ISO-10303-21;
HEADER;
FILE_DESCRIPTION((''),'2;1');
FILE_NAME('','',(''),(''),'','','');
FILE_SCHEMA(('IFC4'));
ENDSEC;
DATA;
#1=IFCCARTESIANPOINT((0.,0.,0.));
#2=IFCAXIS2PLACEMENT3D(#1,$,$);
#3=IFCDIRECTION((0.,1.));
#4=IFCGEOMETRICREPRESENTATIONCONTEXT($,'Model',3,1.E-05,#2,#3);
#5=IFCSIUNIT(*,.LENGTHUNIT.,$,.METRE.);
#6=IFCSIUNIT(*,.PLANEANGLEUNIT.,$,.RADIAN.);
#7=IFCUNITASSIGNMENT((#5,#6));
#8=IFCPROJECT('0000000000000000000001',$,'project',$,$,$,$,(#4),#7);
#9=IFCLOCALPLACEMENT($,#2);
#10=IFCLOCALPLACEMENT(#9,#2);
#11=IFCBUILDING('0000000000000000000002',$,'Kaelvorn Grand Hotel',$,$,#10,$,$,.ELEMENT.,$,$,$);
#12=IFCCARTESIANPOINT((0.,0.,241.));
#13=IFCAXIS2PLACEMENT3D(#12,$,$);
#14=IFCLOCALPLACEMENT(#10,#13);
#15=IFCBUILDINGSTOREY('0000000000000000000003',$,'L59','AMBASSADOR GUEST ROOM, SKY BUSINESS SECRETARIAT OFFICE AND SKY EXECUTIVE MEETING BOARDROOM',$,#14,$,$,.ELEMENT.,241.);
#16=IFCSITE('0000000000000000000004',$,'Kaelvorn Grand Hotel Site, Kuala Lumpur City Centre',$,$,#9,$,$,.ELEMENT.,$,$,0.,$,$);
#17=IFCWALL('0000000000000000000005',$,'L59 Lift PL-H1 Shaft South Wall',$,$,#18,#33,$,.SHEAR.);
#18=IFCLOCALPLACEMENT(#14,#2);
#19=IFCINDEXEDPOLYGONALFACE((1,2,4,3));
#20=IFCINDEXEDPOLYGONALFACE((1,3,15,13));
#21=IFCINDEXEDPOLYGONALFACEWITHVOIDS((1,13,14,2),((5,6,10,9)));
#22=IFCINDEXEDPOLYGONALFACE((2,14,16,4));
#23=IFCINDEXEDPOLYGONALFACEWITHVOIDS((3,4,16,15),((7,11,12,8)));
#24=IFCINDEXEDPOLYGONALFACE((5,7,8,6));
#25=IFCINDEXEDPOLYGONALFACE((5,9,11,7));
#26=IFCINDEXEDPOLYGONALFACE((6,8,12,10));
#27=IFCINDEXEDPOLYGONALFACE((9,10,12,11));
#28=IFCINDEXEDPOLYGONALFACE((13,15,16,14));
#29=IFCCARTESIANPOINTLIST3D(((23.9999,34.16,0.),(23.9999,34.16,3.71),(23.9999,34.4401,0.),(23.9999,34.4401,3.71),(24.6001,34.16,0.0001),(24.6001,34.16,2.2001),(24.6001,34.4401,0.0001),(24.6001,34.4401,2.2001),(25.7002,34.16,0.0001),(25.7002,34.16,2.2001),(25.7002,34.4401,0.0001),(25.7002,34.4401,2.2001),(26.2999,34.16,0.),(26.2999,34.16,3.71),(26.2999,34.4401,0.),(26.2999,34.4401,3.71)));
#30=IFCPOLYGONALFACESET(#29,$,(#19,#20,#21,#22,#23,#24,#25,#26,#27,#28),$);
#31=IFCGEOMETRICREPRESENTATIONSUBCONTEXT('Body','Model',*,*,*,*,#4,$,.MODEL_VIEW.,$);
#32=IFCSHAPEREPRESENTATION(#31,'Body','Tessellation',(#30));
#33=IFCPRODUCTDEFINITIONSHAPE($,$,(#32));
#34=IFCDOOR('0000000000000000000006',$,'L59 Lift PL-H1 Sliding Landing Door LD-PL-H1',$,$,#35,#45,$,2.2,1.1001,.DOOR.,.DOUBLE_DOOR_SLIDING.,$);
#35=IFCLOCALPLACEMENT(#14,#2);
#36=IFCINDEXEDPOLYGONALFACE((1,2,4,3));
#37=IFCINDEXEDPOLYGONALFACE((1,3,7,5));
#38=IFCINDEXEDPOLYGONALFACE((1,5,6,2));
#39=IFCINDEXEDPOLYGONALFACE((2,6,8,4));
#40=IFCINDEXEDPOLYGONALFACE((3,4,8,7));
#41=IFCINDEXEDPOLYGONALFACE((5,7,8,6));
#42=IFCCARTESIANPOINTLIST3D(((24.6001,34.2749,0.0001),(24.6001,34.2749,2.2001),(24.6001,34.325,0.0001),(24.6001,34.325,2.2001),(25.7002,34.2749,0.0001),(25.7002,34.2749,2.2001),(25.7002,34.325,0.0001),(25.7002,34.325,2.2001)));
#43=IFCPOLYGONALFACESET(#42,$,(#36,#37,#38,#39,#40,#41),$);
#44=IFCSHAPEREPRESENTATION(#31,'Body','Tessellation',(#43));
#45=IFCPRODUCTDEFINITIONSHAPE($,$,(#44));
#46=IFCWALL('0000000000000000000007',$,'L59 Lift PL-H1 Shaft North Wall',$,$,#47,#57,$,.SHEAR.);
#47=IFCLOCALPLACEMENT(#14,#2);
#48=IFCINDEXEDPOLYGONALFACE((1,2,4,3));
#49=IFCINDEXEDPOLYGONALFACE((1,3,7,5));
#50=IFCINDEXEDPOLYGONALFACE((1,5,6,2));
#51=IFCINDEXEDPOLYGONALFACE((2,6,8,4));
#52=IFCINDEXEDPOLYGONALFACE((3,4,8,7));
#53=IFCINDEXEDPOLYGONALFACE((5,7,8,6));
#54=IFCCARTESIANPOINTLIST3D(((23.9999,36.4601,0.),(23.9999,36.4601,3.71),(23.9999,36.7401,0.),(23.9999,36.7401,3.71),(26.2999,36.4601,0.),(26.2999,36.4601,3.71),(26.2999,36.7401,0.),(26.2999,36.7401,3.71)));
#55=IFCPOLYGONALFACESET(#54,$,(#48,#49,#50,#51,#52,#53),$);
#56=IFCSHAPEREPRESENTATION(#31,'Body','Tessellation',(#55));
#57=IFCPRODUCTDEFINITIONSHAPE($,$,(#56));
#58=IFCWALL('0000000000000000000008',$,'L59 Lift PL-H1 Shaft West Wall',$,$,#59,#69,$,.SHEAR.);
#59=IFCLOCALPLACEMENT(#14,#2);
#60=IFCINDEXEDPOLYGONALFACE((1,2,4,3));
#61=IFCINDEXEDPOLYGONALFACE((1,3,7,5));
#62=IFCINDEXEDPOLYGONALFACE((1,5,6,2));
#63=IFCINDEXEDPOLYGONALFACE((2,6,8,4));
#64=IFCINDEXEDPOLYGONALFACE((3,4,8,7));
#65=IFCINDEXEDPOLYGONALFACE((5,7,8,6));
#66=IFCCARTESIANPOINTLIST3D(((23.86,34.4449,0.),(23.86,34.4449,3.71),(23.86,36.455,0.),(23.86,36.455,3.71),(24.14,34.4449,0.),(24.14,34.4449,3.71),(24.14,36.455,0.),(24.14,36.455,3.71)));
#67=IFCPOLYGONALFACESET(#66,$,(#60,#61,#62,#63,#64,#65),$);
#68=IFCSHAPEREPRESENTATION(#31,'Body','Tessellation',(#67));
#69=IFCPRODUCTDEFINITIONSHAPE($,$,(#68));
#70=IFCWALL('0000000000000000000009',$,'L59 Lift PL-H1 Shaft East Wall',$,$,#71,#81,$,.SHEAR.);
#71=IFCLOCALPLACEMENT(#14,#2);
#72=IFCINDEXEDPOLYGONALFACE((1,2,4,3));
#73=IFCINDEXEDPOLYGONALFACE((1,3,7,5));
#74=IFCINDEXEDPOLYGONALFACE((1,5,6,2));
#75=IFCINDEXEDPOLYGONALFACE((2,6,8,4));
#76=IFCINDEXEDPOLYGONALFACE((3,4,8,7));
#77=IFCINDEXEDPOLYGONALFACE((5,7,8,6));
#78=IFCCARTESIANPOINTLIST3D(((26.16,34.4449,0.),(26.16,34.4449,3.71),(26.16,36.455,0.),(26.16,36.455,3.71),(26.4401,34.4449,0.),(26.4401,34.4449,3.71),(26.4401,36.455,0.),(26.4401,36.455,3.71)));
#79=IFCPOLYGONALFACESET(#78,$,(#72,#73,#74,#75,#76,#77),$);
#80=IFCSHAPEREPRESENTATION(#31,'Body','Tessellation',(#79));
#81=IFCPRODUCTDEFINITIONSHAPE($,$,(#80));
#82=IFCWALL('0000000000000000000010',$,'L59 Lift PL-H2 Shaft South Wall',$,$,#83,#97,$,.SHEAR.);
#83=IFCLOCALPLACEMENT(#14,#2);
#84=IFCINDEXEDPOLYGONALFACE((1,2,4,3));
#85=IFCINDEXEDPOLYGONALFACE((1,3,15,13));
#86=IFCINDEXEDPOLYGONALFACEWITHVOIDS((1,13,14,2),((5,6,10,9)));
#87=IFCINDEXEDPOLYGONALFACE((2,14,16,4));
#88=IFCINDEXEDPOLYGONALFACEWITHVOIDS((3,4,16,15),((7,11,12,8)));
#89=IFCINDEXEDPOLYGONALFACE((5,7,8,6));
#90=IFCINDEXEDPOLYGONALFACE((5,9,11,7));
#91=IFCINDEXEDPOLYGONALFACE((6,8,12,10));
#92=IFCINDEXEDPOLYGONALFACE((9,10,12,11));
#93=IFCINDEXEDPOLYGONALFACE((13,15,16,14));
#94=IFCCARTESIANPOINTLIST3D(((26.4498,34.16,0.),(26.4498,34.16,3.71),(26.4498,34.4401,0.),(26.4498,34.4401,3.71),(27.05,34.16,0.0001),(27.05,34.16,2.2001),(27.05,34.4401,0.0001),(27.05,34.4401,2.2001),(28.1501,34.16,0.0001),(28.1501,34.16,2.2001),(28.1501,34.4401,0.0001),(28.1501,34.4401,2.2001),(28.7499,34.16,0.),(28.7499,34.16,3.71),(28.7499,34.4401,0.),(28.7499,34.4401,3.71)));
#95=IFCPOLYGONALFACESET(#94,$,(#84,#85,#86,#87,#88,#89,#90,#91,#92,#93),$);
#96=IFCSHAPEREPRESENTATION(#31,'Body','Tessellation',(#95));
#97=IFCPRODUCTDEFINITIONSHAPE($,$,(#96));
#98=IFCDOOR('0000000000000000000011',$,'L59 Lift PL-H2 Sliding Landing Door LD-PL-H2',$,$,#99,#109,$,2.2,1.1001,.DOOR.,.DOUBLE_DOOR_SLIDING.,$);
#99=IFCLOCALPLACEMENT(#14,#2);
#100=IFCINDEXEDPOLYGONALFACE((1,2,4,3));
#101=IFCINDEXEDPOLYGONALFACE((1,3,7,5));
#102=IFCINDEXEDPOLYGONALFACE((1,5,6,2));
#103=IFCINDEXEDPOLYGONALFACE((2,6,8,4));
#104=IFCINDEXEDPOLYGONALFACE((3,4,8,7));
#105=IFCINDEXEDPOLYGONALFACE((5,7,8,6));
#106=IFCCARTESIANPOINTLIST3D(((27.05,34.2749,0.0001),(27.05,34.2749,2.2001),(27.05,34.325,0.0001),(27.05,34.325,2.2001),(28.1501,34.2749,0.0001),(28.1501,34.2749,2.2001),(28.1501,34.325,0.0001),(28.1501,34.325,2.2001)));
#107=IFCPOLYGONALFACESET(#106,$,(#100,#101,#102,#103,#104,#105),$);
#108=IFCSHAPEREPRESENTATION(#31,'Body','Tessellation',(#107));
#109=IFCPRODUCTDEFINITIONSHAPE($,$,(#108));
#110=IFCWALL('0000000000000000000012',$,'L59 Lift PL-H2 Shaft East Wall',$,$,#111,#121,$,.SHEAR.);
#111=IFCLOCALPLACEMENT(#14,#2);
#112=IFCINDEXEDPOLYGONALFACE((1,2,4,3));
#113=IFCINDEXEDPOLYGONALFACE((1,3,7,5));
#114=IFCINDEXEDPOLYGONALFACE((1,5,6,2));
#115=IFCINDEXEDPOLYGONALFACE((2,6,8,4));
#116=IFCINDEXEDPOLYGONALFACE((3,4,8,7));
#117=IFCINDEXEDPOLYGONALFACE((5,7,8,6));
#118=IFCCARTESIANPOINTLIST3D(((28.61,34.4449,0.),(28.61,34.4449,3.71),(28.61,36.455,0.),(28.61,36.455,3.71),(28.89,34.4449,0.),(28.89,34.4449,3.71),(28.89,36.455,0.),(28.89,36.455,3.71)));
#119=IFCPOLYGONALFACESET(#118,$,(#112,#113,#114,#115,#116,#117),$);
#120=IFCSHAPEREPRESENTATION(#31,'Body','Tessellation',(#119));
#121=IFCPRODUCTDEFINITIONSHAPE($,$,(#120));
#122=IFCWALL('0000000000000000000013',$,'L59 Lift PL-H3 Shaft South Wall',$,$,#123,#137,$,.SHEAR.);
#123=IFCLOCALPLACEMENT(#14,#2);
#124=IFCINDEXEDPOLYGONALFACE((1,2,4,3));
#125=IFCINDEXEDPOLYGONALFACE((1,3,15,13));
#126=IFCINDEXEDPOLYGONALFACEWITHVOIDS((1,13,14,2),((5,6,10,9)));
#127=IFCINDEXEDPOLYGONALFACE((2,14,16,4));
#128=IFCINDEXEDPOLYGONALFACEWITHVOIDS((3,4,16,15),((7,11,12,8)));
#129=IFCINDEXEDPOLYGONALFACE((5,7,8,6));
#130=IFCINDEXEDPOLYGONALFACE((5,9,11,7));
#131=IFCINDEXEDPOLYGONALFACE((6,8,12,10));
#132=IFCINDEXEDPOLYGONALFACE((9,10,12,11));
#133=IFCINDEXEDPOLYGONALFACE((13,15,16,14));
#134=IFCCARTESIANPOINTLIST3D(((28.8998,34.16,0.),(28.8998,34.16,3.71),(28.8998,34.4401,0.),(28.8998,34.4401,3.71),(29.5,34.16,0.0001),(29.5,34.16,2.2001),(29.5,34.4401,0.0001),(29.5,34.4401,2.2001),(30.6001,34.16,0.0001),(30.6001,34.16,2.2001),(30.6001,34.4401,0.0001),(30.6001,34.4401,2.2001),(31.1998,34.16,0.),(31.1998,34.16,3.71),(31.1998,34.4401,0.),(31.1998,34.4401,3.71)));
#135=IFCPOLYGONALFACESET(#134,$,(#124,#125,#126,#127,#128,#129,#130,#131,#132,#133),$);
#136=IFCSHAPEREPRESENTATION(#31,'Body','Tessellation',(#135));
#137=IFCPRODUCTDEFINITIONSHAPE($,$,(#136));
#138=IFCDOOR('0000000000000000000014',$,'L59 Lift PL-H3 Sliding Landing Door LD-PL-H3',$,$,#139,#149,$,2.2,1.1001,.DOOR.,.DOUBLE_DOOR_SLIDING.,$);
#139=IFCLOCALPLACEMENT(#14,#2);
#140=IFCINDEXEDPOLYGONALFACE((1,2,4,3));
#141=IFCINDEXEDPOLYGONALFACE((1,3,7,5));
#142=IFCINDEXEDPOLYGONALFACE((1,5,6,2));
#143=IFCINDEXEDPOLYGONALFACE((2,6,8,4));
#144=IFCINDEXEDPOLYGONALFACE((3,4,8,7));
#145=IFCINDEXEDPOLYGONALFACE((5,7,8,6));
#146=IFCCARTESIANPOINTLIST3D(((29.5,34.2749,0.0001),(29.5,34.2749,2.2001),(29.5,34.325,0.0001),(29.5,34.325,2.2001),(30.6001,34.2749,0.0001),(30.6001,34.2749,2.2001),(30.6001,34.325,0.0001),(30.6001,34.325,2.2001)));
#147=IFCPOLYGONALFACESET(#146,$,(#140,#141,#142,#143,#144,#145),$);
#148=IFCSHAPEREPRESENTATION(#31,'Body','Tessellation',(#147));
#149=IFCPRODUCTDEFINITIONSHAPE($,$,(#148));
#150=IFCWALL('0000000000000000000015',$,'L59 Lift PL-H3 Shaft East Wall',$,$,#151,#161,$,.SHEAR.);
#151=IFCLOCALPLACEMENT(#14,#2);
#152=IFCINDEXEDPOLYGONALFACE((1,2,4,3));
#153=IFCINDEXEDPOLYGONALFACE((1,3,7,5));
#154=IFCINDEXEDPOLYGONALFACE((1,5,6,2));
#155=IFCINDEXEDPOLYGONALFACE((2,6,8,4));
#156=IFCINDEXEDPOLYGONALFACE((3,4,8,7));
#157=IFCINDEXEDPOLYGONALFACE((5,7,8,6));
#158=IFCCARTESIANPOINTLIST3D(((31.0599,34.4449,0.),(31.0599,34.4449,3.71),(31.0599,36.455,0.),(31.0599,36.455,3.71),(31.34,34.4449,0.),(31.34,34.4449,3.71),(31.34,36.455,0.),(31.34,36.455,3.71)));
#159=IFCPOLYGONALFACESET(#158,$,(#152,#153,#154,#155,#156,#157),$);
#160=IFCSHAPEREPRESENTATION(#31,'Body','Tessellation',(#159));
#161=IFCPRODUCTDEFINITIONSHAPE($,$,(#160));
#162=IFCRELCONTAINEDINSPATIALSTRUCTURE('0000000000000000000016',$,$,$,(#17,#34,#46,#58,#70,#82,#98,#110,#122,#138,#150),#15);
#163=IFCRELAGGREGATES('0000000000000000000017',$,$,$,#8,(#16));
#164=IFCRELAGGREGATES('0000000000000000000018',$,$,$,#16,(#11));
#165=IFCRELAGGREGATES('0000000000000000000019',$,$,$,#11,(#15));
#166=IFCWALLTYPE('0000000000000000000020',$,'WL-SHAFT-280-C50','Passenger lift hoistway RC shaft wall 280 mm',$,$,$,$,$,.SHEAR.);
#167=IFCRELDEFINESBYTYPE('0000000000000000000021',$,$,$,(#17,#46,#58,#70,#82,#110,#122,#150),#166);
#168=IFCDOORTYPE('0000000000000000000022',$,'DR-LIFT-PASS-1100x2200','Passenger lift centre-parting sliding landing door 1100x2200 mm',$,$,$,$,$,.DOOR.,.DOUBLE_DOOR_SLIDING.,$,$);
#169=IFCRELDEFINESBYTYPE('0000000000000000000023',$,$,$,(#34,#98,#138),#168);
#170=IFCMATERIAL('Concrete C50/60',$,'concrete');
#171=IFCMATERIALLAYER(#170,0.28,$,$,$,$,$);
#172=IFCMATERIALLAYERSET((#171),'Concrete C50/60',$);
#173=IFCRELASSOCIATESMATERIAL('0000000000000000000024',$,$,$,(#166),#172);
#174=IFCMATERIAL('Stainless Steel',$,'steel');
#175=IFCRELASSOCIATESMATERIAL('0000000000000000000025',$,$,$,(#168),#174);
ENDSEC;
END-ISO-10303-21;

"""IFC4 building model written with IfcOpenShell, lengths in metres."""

from ifc_helpers import new_model, si_unit, direction, frame, frame_2d, origin, place, context, subcontext, project, spatial, rectangle, extrude, material, layer, layer_set, type_object, element, fill, save


model = new_model("IFC4")

# Units and contexts
model_context = context("Model", 3, precision=1e-05, world=origin(), true_north=direction((0.0, 1.0)))
body_context = subcontext(model_context, "Body", "Model", "MODEL_VIEW")
ifc_project = project(units=[si_unit("LENGTHUNIT", "METRE"), si_unit("PLANEANGLEUNIT", "RADIAN")], contexts=[model_context])

# Site, building, storey
site_placement = place(None, origin())
site = spatial("IfcSite", under=ifc_project, at=site_placement, Name="Kaelvorn Grand Hotel Site, Kuala Lumpur City Centre", CompositionType="ELEMENT", RefElevation=0.0)
building_placement = place(site_placement, origin())
building = spatial("IfcBuilding", under=site, at=building_placement, Name="Kaelvorn Grand Hotel", CompositionType="ELEMENT")
storey_placement = place(building_placement, frame((0.0, 0.0, 241.0)))
storey = spatial("IfcBuildingStorey", under=building, at=storey_placement, Name="L59", Description="AMBASSADOR GUEST ROOM, SKY BUSINESS SECRETARIAT OFFICE AND SKY EXECUTIVE MEETING BOARDROOM", CompositionType="ELEMENT", Elevation=241.0)

# Shared definitions
ifc_material_1 = material(Name="Concrete C50/60", Category="concrete")

# Wall, opening, door
ifc_layer_1 = layer(ifc_material_1, 0.28)
ifc_layer_set_1 = layer_set([ifc_layer_1], Name="Concrete C50/60")
wall_type_1 = type_object("IfcWallType", Name="WL-SHAFT-280-C50", Description="Passenger lift hoistway RC shaft wall 280 mm", PredefinedType="SHEAR", material=ifc_layer_set_1)
wall_1_placement = place(storey_placement, frame((24.0, 34.3, 0.0), z_axis=(0.0, 0.0, 1.0), x_axis=(1.0, 0.0, 0.0)))
wall_1 = element("IfcWall", 1, at=wall_1_placement, inside=storey, type_object=wall_type_1, Name="L59 Lift PL-H1 Shaft South Wall", PredefinedType="SHEAR", context=body_context, shape_type="SweptSolid", body=[
    extrude(rectangle(XDim=2.3, YDim=0.28, at=frame_2d((1.1499, 0.0))), origin(), (0.0, 0.0, 1.0), 3.71),
])
opening_1_placement = place(wall_1_placement, frame((0.6001, 0.0, 0.0)))
opening_1 = element("IfcOpeningElement", 2, at=opening_1_placement, cuts=wall_1, PredefinedType="OPENING", context=body_context, shape_type="SweptSolid", body=[
    extrude(rectangle(XDim=1.1001, YDim=2.2, at=frame_2d((0.55, 1.1001))), frame((0.0, 0.1499, 0.0), z_axis=(0.0, -1.0, 0.0), x_axis=(1.0, 0.0, 0.0)), (0.0, 0.0, 1.0), 0.3),
])
ifc_material_2 = material(Name="Stainless Steel", Category="steel")
door_type_1 = type_object("IfcDoorType", Name="DR-LIFT-PASS-1100x2200", Description="Passenger lift centre-parting sliding landing door 1100x2200 mm", OperationType="DOUBLE_DOOR_SLIDING", PredefinedType="DOOR", material=ifc_material_2)
door_1_placement = place(opening_1_placement, origin())
door_1 = element("IfcDoor", 3, at=door_1_placement, inside=storey, type_object=door_type_1, Name="L59 Lift PL-H1 Sliding Landing Door LD-PL-H1", OperationType="DOUBLE_DOOR_SLIDING", OverallHeight=2.2, OverallWidth=1.1001, PredefinedType="DOOR", context=body_context, shape_type="SweptSolid", body=[
    extrude(rectangle(XDim=1.1001, YDim=2.2, at=frame_2d((0.55, 1.1001))), frame((0.0, 0.0249, 0.0), z_axis=(0.0, -1.0, 0.0), x_axis=(1.0, 0.0, 0.0)), (0.0, 0.0, 1.0), 0.05),
])
fill(opening_1, door_1)

# Walls
wall_2_placement = place(storey_placement, frame((24.0, 36.6001, 0.0), z_axis=(0.0, 0.0, 1.0), x_axis=(1.0, 0.0, 0.0)))
element("IfcWall", 4, at=wall_2_placement, inside=storey, type_object=wall_type_1, Name="L59 Lift PL-H1 Shaft North Wall", PredefinedType="SHEAR", context=body_context, shape_type="SweptSolid", body=[
    extrude(rectangle(XDim=2.3, YDim=0.28, at=frame_2d((1.1499, 0.0))), origin(), (0.0, 0.0, 1.0), 3.71),
])
for number, where, z_axis, x_axis, name in (
    (5, (24.0, 34.4451, 0.0), (0.0, 0.0, 1.0), (0.0, 1.0, 0.0), "L59 Lift PL-H1 Shaft West Wall"),
    (6, (26.3, 34.4451, 0.0), (0.0, 0.0, 1.0), (0.0, 1.0, 0.0), "L59 Lift PL-H1 Shaft East Wall"),
):
    element("IfcWall", number, at=place(storey_placement, frame(where, z_axis=z_axis, x_axis=x_axis)), inside=storey, type_object=wall_type_1, Name=name, PredefinedType="SHEAR", context=body_context, shape_type="SweptSolid", body=[
        extrude(rectangle(XDim=2.01, YDim=0.28, at=frame_2d((1.0049, 0.0))), origin(), (0.0, 0.0, 1.0), 3.71),
    ])

# Wall, opening, door
wall_3_placement = place(storey_placement, frame((26.45, 34.3, 0.0), z_axis=(0.0, 0.0, 1.0), x_axis=(1.0, 0.0, 0.0)))
wall_3 = element("IfcWall", 7, at=wall_3_placement, inside=storey, type_object=wall_type_1, Name="L59 Lift PL-H2 Shaft South Wall", PredefinedType="SHEAR", context=body_context, shape_type="SweptSolid", body=[
    extrude(rectangle(XDim=2.3, YDim=0.28, at=frame_2d((1.1499, 0.0))), origin(), (0.0, 0.0, 1.0), 3.71),
])
opening_2_placement = place(wall_3_placement, frame((0.6001, 0.0, 0.0)))
opening_2 = element("IfcOpeningElement", 8, at=opening_2_placement, cuts=wall_3, PredefinedType="OPENING", context=body_context, shape_type="SweptSolid", body=[
    extrude(rectangle(XDim=1.1001, YDim=2.2, at=frame_2d((0.55, 1.1001))), frame((0.0, 0.1499, 0.0), z_axis=(0.0, -1.0, 0.0), x_axis=(1.0, 0.0, 0.0)), (0.0, 0.0, 1.0), 0.3),
])
door_2_placement = place(opening_2_placement, origin())
door_2 = element("IfcDoor", 9, at=door_2_placement, inside=storey, type_object=door_type_1, Name="L59 Lift PL-H2 Sliding Landing Door LD-PL-H2", OperationType="DOUBLE_DOOR_SLIDING", OverallHeight=2.2, OverallWidth=1.1001, PredefinedType="DOOR", context=body_context, shape_type="SweptSolid", body=[
    extrude(rectangle(XDim=1.1001, YDim=2.2, at=frame_2d((0.55, 1.1001))), frame((0.0, 0.0249, 0.0), z_axis=(0.0, -1.0, 0.0), x_axis=(1.0, 0.0, 0.0)), (0.0, 0.0, 1.0), 0.05),
])
fill(opening_2, door_2)

# Wall
wall_4_placement = place(storey_placement, frame((28.75, 34.4451, 0.0), z_axis=(0.0, 0.0, 1.0), x_axis=(0.0, 1.0, 0.0)))
element("IfcWall", 10, at=wall_4_placement, inside=storey, type_object=wall_type_1, Name="L59 Lift PL-H2 Shaft East Wall", PredefinedType="SHEAR", context=body_context, shape_type="SweptSolid", body=[
    extrude(rectangle(XDim=2.01, YDim=0.28, at=frame_2d((1.0049, 0.0))), origin(), (0.0, 0.0, 1.0), 3.71),
])

# Wall, opening, door
wall_5_placement = place(storey_placement, frame((28.8999, 34.3, 0.0), z_axis=(0.0, 0.0, 1.0), x_axis=(1.0, 0.0, 0.0)))
wall_5 = element("IfcWall", 11, at=wall_5_placement, inside=storey, type_object=wall_type_1, Name="L59 Lift PL-H3 Shaft South Wall", PredefinedType="SHEAR", context=body_context, shape_type="SweptSolid", body=[
    extrude(rectangle(XDim=2.3, YDim=0.28, at=frame_2d((1.1499, 0.0))), origin(), (0.0, 0.0, 1.0), 3.71),
])
opening_3_placement = place(wall_5_placement, frame((0.6001, 0.0, 0.0)))
opening_3 = element("IfcOpeningElement", 12, at=opening_3_placement, cuts=wall_5, PredefinedType="OPENING", context=body_context, shape_type="SweptSolid", body=[
    extrude(rectangle(XDim=1.1001, YDim=2.2, at=frame_2d((0.55, 1.1001))), frame((0.0, 0.1499, 0.0), z_axis=(0.0, -1.0, 0.0), x_axis=(1.0, 0.0, 0.0)), (0.0, 0.0, 1.0), 0.3),
])
door_3_placement = place(opening_3_placement, origin())
door_3 = element("IfcDoor", 13, at=door_3_placement, inside=storey, type_object=door_type_1, Name="L59 Lift PL-H3 Sliding Landing Door LD-PL-H3", OperationType="DOUBLE_DOOR_SLIDING", OverallHeight=2.2, OverallWidth=1.1001, PredefinedType="DOOR", context=body_context, shape_type="SweptSolid", body=[
    extrude(rectangle(XDim=1.1001, YDim=2.2, at=frame_2d((0.55, 1.1001))), frame((0.0, 0.0249, 0.0), z_axis=(0.0, -1.0, 0.0), x_axis=(1.0, 0.0, 0.0)), (0.0, 0.0, 1.0), 0.05),
])
fill(opening_3, door_3)

# Wall
wall_6_placement = place(storey_placement, frame((31.2, 34.4451, 0.0), z_axis=(0.0, 0.0, 1.0), x_axis=(0.0, 1.0, 0.0)))
element("IfcWall", 14, at=wall_6_placement, inside=storey, type_object=wall_type_1, Name="L59 Lift PL-H3 Shaft East Wall", PredefinedType="SHEAR", context=body_context, shape_type="SweptSolid", body=[
    extrude(rectangle(XDim=2.01, YDim=0.28, at=frame_2d((1.0049, 0.0))), origin(), (0.0, 0.0, 1.0), 3.71),
])

save(model, "model.ifc")
